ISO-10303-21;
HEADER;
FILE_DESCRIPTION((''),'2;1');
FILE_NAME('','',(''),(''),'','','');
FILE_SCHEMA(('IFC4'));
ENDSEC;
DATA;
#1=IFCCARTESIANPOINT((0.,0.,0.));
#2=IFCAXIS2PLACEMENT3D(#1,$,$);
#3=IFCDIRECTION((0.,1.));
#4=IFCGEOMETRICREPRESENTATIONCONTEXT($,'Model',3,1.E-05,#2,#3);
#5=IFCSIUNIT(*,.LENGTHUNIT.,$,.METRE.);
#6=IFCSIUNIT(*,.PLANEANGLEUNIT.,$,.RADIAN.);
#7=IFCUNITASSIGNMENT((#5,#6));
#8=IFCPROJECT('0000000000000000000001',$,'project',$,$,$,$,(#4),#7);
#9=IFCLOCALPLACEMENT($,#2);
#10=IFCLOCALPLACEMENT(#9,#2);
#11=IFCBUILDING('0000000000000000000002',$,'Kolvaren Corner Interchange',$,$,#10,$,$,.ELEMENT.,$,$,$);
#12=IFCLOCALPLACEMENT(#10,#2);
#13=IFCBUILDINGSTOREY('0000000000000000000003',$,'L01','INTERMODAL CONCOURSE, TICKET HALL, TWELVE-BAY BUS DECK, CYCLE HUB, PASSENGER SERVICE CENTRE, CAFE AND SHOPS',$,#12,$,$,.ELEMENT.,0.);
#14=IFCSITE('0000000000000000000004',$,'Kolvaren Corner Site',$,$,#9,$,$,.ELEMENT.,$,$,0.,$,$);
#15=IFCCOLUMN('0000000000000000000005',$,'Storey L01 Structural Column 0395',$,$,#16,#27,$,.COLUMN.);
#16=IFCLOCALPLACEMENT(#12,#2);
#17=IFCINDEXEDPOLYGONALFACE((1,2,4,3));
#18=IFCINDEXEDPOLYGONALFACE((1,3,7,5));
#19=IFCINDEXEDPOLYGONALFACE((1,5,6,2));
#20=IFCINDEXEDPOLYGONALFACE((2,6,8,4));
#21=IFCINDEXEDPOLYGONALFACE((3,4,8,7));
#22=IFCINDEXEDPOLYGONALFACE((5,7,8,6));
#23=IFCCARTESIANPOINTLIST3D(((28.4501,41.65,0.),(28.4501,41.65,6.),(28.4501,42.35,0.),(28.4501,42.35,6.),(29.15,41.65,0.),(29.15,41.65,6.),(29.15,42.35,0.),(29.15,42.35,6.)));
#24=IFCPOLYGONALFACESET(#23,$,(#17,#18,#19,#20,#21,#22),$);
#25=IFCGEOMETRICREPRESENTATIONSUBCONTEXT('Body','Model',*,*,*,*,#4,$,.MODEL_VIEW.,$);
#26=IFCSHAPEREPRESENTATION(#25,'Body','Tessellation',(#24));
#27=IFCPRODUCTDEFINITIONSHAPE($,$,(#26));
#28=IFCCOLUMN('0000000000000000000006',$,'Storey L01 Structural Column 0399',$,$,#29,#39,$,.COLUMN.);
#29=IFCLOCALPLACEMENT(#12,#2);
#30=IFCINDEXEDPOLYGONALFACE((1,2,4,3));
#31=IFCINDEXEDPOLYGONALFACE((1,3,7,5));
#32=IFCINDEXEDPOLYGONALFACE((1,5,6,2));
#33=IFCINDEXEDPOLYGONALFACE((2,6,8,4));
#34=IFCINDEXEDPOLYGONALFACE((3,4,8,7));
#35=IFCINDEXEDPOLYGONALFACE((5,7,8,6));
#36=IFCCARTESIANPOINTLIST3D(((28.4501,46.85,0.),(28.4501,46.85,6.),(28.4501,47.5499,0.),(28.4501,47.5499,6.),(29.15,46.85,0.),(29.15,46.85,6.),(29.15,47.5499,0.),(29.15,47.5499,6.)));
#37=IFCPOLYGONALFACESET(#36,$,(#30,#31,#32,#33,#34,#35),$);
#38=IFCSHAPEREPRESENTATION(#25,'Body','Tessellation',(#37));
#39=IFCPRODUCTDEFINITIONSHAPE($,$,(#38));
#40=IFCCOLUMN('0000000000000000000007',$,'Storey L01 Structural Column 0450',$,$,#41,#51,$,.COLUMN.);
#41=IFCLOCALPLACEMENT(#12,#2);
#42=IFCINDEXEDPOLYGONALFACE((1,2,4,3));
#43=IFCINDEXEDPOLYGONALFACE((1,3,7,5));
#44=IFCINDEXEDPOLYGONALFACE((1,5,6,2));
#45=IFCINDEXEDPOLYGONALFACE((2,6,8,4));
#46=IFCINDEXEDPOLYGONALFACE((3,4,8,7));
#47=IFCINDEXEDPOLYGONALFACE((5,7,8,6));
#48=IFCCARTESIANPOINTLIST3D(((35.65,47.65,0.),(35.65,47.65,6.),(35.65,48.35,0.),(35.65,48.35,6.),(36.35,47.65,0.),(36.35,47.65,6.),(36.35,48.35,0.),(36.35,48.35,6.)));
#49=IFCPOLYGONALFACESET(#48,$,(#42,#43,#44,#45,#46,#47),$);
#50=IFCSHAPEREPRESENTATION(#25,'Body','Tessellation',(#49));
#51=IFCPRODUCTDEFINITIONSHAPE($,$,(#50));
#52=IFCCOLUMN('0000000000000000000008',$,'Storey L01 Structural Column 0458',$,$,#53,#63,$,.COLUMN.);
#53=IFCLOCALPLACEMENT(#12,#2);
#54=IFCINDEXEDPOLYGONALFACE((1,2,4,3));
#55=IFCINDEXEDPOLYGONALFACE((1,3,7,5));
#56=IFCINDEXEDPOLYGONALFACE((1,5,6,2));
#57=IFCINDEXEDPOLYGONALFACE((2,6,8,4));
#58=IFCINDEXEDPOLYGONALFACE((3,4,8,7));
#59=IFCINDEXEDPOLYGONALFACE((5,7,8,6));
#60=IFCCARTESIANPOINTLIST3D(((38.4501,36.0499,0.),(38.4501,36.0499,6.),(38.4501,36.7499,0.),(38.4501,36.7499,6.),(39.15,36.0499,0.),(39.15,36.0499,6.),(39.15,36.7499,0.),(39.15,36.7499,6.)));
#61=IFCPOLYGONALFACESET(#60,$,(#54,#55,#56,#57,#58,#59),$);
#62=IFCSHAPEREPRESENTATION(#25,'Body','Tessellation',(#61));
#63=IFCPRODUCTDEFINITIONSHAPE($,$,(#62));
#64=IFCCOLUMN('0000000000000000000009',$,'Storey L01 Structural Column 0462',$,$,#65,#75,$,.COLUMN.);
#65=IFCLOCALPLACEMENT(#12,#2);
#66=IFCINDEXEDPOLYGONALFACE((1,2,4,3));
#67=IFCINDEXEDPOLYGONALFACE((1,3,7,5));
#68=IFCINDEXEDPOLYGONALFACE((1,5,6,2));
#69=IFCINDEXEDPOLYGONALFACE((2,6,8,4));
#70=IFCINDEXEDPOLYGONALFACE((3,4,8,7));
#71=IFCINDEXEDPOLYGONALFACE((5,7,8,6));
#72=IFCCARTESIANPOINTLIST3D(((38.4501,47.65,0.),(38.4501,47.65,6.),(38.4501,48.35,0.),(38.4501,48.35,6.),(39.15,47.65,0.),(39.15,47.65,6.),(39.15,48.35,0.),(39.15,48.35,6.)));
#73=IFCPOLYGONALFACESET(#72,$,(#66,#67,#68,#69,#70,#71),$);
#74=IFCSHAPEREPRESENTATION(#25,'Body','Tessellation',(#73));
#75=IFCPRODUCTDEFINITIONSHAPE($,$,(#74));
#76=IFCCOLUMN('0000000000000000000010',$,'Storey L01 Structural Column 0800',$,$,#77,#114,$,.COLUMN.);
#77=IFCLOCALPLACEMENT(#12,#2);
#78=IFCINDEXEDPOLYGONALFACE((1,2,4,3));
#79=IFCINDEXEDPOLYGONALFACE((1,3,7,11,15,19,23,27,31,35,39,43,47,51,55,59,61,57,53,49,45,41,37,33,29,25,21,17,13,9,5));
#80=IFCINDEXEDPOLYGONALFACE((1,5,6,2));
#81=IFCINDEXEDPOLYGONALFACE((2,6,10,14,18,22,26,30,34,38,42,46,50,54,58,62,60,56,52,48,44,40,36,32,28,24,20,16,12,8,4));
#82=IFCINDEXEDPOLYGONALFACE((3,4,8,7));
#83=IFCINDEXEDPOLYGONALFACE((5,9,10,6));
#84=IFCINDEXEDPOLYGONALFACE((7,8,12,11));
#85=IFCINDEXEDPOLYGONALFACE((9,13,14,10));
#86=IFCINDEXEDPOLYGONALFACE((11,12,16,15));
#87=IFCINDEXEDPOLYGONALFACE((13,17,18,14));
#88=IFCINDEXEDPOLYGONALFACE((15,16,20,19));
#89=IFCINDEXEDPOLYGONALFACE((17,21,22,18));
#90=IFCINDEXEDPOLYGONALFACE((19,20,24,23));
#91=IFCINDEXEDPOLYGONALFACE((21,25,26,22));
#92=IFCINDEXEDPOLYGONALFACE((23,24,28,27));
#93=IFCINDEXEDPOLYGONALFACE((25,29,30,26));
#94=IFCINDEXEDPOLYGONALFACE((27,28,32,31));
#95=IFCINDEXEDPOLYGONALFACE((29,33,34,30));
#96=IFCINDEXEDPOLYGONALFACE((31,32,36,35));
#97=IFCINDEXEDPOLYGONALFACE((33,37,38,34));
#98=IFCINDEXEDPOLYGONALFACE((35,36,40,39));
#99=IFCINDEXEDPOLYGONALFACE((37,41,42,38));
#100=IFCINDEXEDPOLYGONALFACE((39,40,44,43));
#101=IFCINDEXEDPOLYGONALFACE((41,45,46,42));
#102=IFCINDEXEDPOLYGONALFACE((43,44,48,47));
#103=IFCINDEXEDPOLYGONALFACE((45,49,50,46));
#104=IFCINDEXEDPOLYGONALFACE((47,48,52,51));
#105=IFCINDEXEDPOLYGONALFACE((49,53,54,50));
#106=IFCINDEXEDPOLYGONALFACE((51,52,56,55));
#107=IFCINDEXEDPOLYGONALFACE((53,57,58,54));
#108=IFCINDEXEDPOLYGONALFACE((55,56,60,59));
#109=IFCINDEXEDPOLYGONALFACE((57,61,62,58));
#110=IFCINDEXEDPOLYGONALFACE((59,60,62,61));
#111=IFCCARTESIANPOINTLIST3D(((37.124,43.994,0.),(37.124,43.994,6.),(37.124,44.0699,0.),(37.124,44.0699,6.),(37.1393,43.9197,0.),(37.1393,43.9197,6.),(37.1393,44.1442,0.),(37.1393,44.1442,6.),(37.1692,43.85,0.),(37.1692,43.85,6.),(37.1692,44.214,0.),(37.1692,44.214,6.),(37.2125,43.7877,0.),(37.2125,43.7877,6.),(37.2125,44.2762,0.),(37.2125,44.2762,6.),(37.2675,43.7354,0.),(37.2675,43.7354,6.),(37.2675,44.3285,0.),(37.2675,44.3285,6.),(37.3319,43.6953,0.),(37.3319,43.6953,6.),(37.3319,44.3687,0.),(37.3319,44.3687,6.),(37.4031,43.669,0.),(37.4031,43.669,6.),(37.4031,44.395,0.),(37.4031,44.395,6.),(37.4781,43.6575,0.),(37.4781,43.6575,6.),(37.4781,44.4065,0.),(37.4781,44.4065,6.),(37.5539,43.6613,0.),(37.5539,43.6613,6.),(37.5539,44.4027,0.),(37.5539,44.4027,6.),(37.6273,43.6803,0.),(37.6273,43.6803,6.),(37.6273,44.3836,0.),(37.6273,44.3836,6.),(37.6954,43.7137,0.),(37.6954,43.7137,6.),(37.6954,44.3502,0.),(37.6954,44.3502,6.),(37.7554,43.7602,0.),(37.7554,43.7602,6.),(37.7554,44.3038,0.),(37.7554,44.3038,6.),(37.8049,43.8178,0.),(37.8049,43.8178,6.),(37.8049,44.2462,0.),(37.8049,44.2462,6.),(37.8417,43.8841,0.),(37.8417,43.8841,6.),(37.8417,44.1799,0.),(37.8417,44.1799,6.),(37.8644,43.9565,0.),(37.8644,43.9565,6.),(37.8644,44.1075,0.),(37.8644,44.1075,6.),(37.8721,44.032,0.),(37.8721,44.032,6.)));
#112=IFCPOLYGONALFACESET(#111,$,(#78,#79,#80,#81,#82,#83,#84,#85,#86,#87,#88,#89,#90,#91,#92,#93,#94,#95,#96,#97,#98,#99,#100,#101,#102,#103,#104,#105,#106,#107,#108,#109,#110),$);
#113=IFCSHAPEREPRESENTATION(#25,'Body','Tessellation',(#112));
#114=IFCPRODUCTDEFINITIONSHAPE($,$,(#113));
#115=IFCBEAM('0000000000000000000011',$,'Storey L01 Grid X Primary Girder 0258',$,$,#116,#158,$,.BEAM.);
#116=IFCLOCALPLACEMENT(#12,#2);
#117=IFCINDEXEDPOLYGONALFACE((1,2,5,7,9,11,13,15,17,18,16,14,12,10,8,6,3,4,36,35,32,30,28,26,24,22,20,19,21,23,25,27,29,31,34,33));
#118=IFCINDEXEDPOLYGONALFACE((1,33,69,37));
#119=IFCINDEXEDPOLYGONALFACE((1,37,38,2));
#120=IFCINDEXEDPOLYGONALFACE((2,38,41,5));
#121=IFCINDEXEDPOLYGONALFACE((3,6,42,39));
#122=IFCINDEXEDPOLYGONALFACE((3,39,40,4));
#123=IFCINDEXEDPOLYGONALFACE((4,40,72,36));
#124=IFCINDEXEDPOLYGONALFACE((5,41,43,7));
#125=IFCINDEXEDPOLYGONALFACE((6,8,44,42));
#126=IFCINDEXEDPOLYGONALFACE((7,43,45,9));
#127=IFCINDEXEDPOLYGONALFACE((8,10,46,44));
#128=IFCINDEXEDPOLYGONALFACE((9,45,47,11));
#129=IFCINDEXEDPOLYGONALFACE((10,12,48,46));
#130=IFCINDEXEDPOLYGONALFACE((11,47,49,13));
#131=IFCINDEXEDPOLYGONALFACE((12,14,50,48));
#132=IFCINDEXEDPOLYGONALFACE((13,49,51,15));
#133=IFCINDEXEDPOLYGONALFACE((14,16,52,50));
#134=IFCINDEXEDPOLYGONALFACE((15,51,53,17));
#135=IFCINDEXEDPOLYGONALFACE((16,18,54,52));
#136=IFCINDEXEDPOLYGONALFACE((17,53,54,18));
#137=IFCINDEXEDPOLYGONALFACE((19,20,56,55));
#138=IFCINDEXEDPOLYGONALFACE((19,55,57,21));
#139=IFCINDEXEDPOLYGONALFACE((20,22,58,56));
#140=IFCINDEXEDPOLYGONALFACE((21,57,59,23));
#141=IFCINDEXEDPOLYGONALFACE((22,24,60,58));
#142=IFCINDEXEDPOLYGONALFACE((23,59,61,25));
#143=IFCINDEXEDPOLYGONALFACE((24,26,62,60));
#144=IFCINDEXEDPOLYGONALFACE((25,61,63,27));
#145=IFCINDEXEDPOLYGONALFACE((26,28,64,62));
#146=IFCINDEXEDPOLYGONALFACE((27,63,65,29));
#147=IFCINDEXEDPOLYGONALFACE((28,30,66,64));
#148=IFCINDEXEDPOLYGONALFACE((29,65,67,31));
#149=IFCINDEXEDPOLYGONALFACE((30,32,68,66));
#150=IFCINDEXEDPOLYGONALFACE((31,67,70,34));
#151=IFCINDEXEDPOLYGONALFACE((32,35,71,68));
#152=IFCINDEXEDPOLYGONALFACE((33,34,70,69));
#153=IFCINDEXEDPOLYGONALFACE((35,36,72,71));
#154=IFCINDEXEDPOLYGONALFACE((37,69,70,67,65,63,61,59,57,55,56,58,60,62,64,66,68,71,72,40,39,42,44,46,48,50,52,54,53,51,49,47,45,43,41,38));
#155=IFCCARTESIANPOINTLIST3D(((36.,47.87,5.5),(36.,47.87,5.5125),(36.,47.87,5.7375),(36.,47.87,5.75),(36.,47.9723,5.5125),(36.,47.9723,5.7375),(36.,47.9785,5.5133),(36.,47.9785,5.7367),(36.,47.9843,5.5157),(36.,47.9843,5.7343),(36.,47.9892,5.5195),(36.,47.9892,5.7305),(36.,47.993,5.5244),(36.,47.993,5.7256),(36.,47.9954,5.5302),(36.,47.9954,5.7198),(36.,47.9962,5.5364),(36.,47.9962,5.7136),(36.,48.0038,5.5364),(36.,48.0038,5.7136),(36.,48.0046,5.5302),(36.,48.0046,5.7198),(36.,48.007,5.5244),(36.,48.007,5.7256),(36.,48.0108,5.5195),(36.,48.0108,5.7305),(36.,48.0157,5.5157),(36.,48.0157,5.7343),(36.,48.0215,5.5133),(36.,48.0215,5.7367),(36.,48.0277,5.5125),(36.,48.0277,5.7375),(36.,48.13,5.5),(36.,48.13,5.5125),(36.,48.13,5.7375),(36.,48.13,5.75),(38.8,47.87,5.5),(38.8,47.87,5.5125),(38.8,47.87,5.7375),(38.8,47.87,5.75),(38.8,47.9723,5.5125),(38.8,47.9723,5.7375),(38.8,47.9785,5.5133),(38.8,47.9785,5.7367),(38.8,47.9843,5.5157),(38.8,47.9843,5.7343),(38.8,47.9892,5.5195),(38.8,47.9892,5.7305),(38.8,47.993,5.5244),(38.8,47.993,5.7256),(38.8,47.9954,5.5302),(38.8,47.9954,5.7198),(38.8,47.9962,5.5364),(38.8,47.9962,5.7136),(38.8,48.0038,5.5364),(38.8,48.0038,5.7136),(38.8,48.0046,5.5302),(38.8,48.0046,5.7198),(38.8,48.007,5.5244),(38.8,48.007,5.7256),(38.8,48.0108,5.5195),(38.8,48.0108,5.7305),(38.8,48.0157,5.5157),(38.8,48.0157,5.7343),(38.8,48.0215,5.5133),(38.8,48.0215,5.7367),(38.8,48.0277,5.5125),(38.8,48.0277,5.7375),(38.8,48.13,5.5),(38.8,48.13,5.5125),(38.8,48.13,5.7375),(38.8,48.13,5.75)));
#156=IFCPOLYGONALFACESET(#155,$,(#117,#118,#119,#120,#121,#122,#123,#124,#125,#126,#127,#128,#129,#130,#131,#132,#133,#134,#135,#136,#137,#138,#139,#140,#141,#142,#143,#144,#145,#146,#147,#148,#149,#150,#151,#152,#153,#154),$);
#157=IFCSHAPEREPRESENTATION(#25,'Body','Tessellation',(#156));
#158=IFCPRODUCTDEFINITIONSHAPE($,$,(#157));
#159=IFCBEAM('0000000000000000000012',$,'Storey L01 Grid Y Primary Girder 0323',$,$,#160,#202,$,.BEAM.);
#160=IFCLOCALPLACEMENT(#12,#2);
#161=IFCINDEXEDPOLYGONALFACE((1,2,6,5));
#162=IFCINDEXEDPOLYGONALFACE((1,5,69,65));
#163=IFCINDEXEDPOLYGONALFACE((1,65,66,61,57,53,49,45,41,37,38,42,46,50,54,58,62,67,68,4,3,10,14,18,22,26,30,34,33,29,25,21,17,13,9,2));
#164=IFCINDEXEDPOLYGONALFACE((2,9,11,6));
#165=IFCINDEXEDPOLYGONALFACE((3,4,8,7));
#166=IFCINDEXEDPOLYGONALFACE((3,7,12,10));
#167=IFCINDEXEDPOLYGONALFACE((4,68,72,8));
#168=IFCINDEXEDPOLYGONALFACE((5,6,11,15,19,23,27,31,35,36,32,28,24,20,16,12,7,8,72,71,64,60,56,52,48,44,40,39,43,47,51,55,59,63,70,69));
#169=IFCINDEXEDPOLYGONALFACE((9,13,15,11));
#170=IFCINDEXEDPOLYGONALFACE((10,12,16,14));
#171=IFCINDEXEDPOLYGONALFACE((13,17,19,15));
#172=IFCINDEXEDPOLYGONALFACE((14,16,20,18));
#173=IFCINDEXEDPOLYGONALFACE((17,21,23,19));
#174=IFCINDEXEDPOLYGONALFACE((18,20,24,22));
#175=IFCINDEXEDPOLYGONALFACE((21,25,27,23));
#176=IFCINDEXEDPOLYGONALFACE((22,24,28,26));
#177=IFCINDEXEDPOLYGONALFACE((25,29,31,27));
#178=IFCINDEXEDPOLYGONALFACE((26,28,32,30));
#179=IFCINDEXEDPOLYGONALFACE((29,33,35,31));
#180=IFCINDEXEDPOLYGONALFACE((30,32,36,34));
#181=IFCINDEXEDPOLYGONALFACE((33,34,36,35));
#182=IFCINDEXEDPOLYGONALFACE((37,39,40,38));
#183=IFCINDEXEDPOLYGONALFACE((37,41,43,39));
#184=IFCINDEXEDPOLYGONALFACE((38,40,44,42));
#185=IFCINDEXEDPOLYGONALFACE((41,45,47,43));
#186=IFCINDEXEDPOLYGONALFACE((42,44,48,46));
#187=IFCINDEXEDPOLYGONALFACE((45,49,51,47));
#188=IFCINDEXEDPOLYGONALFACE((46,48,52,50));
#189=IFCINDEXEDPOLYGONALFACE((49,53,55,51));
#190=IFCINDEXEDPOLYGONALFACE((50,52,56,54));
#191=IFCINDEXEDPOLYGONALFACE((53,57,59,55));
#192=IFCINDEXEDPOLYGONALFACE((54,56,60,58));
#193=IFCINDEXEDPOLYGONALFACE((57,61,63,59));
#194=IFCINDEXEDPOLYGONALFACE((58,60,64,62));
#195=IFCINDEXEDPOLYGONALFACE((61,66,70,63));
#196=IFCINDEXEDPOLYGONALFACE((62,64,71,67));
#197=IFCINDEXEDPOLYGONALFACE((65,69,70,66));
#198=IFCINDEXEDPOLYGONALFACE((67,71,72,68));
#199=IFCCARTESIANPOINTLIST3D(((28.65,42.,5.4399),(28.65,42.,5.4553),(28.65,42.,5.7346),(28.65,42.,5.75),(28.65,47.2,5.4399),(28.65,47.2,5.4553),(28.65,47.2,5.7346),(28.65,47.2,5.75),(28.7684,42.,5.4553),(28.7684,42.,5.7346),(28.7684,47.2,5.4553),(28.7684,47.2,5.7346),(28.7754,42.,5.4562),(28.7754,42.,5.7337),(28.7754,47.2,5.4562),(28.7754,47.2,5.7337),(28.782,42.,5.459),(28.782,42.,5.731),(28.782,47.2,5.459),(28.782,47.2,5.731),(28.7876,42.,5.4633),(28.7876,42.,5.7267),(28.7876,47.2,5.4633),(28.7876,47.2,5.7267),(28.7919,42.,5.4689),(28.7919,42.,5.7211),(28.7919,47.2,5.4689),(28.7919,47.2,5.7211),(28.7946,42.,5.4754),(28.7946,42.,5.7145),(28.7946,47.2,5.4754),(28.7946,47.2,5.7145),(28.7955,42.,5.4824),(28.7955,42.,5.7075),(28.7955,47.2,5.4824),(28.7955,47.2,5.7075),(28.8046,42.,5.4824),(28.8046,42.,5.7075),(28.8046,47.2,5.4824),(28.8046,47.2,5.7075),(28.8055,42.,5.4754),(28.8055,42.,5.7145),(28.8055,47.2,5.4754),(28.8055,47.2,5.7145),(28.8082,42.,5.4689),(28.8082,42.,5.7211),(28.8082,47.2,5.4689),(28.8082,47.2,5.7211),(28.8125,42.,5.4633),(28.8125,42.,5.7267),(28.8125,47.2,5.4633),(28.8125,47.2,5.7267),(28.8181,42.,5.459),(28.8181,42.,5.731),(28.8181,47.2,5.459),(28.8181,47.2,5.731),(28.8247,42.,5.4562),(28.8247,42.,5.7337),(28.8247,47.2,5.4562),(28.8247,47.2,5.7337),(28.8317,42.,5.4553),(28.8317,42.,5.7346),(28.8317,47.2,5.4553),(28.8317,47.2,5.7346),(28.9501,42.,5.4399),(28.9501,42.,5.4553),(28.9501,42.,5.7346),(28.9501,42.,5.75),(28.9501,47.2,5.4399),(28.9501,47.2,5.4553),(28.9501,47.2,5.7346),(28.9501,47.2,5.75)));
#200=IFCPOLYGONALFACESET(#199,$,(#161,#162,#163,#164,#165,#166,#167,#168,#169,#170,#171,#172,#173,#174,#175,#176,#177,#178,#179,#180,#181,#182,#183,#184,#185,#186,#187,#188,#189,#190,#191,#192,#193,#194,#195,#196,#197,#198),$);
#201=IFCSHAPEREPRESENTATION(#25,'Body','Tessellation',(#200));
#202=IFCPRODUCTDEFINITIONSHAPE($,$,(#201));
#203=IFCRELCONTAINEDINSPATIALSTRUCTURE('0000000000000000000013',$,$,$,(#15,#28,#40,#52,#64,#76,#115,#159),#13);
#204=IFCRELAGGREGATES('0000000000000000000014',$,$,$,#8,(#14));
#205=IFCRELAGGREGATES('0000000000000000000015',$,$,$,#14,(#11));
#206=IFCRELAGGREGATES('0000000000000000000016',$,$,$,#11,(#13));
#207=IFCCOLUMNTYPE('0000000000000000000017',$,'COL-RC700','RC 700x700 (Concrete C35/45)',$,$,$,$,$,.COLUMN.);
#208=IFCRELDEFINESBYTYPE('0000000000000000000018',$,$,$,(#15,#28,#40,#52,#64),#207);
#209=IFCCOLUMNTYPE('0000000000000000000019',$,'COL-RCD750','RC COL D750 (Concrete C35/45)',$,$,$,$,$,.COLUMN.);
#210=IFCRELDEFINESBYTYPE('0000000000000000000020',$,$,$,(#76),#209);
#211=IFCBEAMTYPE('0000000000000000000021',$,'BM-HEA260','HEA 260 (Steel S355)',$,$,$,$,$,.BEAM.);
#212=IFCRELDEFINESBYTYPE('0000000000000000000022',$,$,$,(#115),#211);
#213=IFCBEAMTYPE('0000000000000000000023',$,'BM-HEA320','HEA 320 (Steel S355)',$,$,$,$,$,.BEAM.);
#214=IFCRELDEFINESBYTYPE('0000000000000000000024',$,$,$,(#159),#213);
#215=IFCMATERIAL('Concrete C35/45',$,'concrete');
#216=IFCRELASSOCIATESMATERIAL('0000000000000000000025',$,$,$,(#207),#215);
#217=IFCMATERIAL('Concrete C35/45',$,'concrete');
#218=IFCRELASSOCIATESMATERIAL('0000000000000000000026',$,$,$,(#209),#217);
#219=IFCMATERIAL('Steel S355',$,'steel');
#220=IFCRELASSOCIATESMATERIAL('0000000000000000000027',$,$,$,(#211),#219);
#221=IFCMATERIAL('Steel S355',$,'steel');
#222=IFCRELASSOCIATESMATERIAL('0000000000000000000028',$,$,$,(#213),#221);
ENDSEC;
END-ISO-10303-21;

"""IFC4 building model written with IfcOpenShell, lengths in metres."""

from ifc_helpers import new_model, si_unit, direction, frame, origin, origin_2d, place, context, subcontext, project, spatial, rectangle, circle, i_section, extrude, material, material_profile, profile_set, type_object, element, save


model = new_model("IFC4")

# Units and contexts
model_context = context("Model", 3, precision=1e-05, world=origin(), true_north=direction((0.0, 1.0)))
body_context = subcontext(model_context, "Body", "Model", "MODEL_VIEW")
ifc_project = project(units=[si_unit("LENGTHUNIT", "METRE"), si_unit("PLANEANGLEUNIT", "RADIAN")], contexts=[model_context])

# Site, building, storey
site_placement = place(None, origin())
site = spatial("IfcSite", under=ifc_project, at=site_placement, Name="Kolvaren Corner Site", CompositionType="ELEMENT", RefElevation=0.0)
building_placement = place(site_placement, origin())
building = spatial("IfcBuilding", under=site, at=building_placement, Name="Kolvaren Corner Interchange", CompositionType="ELEMENT")
storey_placement = place(building_placement, origin())
storey = spatial("IfcBuildingStorey", under=building, at=storey_placement, Name="L01", Description="INTERMODAL CONCOURSE, TICKET HALL, TWELVE-BAY BUS DECK, CYCLE HUB, PASSENGER SERVICE CENTRE, CAFE AND SHOPS", CompositionType="ELEMENT", Elevation=0.0)

# Columns
ifc_material_1 = material(Name="Concrete C35/45", Category="concrete")
ifc_material_profile_1 = material_profile(ifc_material_1, rectangle(XDim=0.7, YDim=0.7, at=origin_2d()), Name="RC 700x700")
ifc_profile_set_1 = profile_set([ifc_material_profile_1], Name="Concrete C35/45")
column_type_1 = type_object("IfcColumnType", Name="COL-RC700", Description="RC 700x700 (Concrete C35/45)", PredefinedType="COLUMN", material=ifc_profile_set_1)
for number, where, z_axis, x_axis, name in (
    (1, (28.8, 42.0, 0.0), (0.0, 0.0, 1.0), (1.0, 0.0, 0.0), "Storey L01 Structural Column 0395"),
    (2, (28.8, 47.2, 0.0), (0.0, 0.0, 1.0), (1.0, 0.0, 0.0), "Storey L01 Structural Column 0399"),
    (3, (36.0, 48.0, 0.0), (0.0, 0.0, 1.0), (1.0, 0.0, 0.0), "Storey L01 Structural Column 0450"),
    (4, (38.8, 36.3999, 0.0), (0.0, 0.0, 1.0), (1.0, 0.0, 0.0), "Storey L01 Structural Column 0458"),
    (5, (38.8, 48.0, 0.0), (0.0, 0.0, 1.0), (1.0, 0.0, 0.0), "Storey L01 Structural Column 0462"),
):
    element("IfcColumn", number, at=place(storey_placement, frame(where, z_axis=z_axis, x_axis=x_axis)), inside=storey, type_object=column_type_1, Name=name, PredefinedType="COLUMN", context=body_context, shape_type="SweptSolid", body=[
        extrude(rectangle(XDim=0.7, YDim=0.7, at=origin_2d()), origin(), (0.0, 0.0, 1.0), 6.0),
    ])
ifc_material_2 = material(Name="Concrete C35/45", Category="concrete")
ifc_material_profile_2 = material_profile(ifc_material_2, circle(Radius=0.375, at=origin_2d()), Name="RC COL D750")
ifc_profile_set_2 = profile_set([ifc_material_profile_2], Name="Concrete C35/45")
column_type_2 = type_object("IfcColumnType", Name="COL-RCD750", Description="RC COL D750 (Concrete C35/45)", PredefinedType="COLUMN", material=ifc_profile_set_2)
column_placement = place(storey_placement, frame((37.4971, 44.032, 0.0), z_axis=(0.0, 0.0, 1.0), x_axis=(1.0, 0.0, 0.0)))
element("IfcColumn", 6, at=column_placement, inside=storey, type_object=column_type_2, Name="Storey L01 Structural Column 0800", PredefinedType="COLUMN", context=body_context, shape_type="SweptSolid", body=[
    extrude(circle(Radius=0.375, at=origin_2d()), origin(), (0.0, 0.0, 1.0), 6.0),
])

# Beams
ifc_material_3 = material(Name="Steel S355", Category="steel")
ifc_material_profile_3 = material_profile(ifc_material_3, i_section(OverallWidth=0.26, OverallDepth=0.25, WebThickness=0.0076, FlangeThickness=0.0125, FilletRadius=0.0239, at=origin_2d()), Name="HEA 260")
ifc_profile_set_3 = profile_set([ifc_material_profile_3], Name="Steel S355")
beam_type_1 = type_object("IfcBeamType", Name="BM-HEA260", Description="HEA 260 (Steel S355)", PredefinedType="BEAM", material=ifc_profile_set_3)
beam_1_placement = place(storey_placement, frame((36.0, 48.0, 5.625), z_axis=(1.0, 0.0, 0.0), x_axis=(0.0, 1.0, 0.0)))
element("IfcBeam", 7, at=beam_1_placement, inside=storey, type_object=beam_type_1, Name="Storey L01 Grid X Primary Girder 0258", PredefinedType="BEAM", context=body_context, shape_type="SweptSolid", body=[
    extrude(i_section(OverallWidth=0.26, OverallDepth=0.25, WebThickness=0.0076, FlangeThickness=0.0125, FilletRadius=0.0239, at=origin_2d()), origin(), (0.0, 0.0, 1.0), 2.8),
])
ifc_material_4 = material(Name="Steel S355", Category="steel")
ifc_material_profile_4 = material_profile(ifc_material_4, i_section(OverallWidth=0.3, OverallDepth=0.3101, WebThickness=0.009, FlangeThickness=0.0154, FilletRadius=0.0271, at=origin_2d()), Name="HEA 320")
ifc_profile_set_4 = profile_set([ifc_material_profile_4], Name="Steel S355")
beam_type_2 = type_object("IfcBeamType", Name="BM-HEA320", Description="HEA 320 (Steel S355)", PredefinedType="BEAM", material=ifc_profile_set_4)
beam_2_placement = place(storey_placement, frame((28.8, 42.0, 5.595), z_axis=(0.0, 1.0, 0.0), x_axis=(-1.0, 0.0, 0.0)))
element("IfcBeam", 8, at=beam_2_placement, inside=storey, type_object=beam_type_2, Name="Storey L01 Grid Y Primary Girder 0323", PredefinedType="BEAM", context=body_context, shape_type="SweptSolid", body=[
    extrude(i_section(OverallWidth=0.3, OverallDepth=0.3101, WebThickness=0.009, FlangeThickness=0.0154, FilletRadius=0.0271, at=origin_2d()), origin(), (0.0, 0.0, 1.0), 5.2),
])

save(model, "model.ifc")
